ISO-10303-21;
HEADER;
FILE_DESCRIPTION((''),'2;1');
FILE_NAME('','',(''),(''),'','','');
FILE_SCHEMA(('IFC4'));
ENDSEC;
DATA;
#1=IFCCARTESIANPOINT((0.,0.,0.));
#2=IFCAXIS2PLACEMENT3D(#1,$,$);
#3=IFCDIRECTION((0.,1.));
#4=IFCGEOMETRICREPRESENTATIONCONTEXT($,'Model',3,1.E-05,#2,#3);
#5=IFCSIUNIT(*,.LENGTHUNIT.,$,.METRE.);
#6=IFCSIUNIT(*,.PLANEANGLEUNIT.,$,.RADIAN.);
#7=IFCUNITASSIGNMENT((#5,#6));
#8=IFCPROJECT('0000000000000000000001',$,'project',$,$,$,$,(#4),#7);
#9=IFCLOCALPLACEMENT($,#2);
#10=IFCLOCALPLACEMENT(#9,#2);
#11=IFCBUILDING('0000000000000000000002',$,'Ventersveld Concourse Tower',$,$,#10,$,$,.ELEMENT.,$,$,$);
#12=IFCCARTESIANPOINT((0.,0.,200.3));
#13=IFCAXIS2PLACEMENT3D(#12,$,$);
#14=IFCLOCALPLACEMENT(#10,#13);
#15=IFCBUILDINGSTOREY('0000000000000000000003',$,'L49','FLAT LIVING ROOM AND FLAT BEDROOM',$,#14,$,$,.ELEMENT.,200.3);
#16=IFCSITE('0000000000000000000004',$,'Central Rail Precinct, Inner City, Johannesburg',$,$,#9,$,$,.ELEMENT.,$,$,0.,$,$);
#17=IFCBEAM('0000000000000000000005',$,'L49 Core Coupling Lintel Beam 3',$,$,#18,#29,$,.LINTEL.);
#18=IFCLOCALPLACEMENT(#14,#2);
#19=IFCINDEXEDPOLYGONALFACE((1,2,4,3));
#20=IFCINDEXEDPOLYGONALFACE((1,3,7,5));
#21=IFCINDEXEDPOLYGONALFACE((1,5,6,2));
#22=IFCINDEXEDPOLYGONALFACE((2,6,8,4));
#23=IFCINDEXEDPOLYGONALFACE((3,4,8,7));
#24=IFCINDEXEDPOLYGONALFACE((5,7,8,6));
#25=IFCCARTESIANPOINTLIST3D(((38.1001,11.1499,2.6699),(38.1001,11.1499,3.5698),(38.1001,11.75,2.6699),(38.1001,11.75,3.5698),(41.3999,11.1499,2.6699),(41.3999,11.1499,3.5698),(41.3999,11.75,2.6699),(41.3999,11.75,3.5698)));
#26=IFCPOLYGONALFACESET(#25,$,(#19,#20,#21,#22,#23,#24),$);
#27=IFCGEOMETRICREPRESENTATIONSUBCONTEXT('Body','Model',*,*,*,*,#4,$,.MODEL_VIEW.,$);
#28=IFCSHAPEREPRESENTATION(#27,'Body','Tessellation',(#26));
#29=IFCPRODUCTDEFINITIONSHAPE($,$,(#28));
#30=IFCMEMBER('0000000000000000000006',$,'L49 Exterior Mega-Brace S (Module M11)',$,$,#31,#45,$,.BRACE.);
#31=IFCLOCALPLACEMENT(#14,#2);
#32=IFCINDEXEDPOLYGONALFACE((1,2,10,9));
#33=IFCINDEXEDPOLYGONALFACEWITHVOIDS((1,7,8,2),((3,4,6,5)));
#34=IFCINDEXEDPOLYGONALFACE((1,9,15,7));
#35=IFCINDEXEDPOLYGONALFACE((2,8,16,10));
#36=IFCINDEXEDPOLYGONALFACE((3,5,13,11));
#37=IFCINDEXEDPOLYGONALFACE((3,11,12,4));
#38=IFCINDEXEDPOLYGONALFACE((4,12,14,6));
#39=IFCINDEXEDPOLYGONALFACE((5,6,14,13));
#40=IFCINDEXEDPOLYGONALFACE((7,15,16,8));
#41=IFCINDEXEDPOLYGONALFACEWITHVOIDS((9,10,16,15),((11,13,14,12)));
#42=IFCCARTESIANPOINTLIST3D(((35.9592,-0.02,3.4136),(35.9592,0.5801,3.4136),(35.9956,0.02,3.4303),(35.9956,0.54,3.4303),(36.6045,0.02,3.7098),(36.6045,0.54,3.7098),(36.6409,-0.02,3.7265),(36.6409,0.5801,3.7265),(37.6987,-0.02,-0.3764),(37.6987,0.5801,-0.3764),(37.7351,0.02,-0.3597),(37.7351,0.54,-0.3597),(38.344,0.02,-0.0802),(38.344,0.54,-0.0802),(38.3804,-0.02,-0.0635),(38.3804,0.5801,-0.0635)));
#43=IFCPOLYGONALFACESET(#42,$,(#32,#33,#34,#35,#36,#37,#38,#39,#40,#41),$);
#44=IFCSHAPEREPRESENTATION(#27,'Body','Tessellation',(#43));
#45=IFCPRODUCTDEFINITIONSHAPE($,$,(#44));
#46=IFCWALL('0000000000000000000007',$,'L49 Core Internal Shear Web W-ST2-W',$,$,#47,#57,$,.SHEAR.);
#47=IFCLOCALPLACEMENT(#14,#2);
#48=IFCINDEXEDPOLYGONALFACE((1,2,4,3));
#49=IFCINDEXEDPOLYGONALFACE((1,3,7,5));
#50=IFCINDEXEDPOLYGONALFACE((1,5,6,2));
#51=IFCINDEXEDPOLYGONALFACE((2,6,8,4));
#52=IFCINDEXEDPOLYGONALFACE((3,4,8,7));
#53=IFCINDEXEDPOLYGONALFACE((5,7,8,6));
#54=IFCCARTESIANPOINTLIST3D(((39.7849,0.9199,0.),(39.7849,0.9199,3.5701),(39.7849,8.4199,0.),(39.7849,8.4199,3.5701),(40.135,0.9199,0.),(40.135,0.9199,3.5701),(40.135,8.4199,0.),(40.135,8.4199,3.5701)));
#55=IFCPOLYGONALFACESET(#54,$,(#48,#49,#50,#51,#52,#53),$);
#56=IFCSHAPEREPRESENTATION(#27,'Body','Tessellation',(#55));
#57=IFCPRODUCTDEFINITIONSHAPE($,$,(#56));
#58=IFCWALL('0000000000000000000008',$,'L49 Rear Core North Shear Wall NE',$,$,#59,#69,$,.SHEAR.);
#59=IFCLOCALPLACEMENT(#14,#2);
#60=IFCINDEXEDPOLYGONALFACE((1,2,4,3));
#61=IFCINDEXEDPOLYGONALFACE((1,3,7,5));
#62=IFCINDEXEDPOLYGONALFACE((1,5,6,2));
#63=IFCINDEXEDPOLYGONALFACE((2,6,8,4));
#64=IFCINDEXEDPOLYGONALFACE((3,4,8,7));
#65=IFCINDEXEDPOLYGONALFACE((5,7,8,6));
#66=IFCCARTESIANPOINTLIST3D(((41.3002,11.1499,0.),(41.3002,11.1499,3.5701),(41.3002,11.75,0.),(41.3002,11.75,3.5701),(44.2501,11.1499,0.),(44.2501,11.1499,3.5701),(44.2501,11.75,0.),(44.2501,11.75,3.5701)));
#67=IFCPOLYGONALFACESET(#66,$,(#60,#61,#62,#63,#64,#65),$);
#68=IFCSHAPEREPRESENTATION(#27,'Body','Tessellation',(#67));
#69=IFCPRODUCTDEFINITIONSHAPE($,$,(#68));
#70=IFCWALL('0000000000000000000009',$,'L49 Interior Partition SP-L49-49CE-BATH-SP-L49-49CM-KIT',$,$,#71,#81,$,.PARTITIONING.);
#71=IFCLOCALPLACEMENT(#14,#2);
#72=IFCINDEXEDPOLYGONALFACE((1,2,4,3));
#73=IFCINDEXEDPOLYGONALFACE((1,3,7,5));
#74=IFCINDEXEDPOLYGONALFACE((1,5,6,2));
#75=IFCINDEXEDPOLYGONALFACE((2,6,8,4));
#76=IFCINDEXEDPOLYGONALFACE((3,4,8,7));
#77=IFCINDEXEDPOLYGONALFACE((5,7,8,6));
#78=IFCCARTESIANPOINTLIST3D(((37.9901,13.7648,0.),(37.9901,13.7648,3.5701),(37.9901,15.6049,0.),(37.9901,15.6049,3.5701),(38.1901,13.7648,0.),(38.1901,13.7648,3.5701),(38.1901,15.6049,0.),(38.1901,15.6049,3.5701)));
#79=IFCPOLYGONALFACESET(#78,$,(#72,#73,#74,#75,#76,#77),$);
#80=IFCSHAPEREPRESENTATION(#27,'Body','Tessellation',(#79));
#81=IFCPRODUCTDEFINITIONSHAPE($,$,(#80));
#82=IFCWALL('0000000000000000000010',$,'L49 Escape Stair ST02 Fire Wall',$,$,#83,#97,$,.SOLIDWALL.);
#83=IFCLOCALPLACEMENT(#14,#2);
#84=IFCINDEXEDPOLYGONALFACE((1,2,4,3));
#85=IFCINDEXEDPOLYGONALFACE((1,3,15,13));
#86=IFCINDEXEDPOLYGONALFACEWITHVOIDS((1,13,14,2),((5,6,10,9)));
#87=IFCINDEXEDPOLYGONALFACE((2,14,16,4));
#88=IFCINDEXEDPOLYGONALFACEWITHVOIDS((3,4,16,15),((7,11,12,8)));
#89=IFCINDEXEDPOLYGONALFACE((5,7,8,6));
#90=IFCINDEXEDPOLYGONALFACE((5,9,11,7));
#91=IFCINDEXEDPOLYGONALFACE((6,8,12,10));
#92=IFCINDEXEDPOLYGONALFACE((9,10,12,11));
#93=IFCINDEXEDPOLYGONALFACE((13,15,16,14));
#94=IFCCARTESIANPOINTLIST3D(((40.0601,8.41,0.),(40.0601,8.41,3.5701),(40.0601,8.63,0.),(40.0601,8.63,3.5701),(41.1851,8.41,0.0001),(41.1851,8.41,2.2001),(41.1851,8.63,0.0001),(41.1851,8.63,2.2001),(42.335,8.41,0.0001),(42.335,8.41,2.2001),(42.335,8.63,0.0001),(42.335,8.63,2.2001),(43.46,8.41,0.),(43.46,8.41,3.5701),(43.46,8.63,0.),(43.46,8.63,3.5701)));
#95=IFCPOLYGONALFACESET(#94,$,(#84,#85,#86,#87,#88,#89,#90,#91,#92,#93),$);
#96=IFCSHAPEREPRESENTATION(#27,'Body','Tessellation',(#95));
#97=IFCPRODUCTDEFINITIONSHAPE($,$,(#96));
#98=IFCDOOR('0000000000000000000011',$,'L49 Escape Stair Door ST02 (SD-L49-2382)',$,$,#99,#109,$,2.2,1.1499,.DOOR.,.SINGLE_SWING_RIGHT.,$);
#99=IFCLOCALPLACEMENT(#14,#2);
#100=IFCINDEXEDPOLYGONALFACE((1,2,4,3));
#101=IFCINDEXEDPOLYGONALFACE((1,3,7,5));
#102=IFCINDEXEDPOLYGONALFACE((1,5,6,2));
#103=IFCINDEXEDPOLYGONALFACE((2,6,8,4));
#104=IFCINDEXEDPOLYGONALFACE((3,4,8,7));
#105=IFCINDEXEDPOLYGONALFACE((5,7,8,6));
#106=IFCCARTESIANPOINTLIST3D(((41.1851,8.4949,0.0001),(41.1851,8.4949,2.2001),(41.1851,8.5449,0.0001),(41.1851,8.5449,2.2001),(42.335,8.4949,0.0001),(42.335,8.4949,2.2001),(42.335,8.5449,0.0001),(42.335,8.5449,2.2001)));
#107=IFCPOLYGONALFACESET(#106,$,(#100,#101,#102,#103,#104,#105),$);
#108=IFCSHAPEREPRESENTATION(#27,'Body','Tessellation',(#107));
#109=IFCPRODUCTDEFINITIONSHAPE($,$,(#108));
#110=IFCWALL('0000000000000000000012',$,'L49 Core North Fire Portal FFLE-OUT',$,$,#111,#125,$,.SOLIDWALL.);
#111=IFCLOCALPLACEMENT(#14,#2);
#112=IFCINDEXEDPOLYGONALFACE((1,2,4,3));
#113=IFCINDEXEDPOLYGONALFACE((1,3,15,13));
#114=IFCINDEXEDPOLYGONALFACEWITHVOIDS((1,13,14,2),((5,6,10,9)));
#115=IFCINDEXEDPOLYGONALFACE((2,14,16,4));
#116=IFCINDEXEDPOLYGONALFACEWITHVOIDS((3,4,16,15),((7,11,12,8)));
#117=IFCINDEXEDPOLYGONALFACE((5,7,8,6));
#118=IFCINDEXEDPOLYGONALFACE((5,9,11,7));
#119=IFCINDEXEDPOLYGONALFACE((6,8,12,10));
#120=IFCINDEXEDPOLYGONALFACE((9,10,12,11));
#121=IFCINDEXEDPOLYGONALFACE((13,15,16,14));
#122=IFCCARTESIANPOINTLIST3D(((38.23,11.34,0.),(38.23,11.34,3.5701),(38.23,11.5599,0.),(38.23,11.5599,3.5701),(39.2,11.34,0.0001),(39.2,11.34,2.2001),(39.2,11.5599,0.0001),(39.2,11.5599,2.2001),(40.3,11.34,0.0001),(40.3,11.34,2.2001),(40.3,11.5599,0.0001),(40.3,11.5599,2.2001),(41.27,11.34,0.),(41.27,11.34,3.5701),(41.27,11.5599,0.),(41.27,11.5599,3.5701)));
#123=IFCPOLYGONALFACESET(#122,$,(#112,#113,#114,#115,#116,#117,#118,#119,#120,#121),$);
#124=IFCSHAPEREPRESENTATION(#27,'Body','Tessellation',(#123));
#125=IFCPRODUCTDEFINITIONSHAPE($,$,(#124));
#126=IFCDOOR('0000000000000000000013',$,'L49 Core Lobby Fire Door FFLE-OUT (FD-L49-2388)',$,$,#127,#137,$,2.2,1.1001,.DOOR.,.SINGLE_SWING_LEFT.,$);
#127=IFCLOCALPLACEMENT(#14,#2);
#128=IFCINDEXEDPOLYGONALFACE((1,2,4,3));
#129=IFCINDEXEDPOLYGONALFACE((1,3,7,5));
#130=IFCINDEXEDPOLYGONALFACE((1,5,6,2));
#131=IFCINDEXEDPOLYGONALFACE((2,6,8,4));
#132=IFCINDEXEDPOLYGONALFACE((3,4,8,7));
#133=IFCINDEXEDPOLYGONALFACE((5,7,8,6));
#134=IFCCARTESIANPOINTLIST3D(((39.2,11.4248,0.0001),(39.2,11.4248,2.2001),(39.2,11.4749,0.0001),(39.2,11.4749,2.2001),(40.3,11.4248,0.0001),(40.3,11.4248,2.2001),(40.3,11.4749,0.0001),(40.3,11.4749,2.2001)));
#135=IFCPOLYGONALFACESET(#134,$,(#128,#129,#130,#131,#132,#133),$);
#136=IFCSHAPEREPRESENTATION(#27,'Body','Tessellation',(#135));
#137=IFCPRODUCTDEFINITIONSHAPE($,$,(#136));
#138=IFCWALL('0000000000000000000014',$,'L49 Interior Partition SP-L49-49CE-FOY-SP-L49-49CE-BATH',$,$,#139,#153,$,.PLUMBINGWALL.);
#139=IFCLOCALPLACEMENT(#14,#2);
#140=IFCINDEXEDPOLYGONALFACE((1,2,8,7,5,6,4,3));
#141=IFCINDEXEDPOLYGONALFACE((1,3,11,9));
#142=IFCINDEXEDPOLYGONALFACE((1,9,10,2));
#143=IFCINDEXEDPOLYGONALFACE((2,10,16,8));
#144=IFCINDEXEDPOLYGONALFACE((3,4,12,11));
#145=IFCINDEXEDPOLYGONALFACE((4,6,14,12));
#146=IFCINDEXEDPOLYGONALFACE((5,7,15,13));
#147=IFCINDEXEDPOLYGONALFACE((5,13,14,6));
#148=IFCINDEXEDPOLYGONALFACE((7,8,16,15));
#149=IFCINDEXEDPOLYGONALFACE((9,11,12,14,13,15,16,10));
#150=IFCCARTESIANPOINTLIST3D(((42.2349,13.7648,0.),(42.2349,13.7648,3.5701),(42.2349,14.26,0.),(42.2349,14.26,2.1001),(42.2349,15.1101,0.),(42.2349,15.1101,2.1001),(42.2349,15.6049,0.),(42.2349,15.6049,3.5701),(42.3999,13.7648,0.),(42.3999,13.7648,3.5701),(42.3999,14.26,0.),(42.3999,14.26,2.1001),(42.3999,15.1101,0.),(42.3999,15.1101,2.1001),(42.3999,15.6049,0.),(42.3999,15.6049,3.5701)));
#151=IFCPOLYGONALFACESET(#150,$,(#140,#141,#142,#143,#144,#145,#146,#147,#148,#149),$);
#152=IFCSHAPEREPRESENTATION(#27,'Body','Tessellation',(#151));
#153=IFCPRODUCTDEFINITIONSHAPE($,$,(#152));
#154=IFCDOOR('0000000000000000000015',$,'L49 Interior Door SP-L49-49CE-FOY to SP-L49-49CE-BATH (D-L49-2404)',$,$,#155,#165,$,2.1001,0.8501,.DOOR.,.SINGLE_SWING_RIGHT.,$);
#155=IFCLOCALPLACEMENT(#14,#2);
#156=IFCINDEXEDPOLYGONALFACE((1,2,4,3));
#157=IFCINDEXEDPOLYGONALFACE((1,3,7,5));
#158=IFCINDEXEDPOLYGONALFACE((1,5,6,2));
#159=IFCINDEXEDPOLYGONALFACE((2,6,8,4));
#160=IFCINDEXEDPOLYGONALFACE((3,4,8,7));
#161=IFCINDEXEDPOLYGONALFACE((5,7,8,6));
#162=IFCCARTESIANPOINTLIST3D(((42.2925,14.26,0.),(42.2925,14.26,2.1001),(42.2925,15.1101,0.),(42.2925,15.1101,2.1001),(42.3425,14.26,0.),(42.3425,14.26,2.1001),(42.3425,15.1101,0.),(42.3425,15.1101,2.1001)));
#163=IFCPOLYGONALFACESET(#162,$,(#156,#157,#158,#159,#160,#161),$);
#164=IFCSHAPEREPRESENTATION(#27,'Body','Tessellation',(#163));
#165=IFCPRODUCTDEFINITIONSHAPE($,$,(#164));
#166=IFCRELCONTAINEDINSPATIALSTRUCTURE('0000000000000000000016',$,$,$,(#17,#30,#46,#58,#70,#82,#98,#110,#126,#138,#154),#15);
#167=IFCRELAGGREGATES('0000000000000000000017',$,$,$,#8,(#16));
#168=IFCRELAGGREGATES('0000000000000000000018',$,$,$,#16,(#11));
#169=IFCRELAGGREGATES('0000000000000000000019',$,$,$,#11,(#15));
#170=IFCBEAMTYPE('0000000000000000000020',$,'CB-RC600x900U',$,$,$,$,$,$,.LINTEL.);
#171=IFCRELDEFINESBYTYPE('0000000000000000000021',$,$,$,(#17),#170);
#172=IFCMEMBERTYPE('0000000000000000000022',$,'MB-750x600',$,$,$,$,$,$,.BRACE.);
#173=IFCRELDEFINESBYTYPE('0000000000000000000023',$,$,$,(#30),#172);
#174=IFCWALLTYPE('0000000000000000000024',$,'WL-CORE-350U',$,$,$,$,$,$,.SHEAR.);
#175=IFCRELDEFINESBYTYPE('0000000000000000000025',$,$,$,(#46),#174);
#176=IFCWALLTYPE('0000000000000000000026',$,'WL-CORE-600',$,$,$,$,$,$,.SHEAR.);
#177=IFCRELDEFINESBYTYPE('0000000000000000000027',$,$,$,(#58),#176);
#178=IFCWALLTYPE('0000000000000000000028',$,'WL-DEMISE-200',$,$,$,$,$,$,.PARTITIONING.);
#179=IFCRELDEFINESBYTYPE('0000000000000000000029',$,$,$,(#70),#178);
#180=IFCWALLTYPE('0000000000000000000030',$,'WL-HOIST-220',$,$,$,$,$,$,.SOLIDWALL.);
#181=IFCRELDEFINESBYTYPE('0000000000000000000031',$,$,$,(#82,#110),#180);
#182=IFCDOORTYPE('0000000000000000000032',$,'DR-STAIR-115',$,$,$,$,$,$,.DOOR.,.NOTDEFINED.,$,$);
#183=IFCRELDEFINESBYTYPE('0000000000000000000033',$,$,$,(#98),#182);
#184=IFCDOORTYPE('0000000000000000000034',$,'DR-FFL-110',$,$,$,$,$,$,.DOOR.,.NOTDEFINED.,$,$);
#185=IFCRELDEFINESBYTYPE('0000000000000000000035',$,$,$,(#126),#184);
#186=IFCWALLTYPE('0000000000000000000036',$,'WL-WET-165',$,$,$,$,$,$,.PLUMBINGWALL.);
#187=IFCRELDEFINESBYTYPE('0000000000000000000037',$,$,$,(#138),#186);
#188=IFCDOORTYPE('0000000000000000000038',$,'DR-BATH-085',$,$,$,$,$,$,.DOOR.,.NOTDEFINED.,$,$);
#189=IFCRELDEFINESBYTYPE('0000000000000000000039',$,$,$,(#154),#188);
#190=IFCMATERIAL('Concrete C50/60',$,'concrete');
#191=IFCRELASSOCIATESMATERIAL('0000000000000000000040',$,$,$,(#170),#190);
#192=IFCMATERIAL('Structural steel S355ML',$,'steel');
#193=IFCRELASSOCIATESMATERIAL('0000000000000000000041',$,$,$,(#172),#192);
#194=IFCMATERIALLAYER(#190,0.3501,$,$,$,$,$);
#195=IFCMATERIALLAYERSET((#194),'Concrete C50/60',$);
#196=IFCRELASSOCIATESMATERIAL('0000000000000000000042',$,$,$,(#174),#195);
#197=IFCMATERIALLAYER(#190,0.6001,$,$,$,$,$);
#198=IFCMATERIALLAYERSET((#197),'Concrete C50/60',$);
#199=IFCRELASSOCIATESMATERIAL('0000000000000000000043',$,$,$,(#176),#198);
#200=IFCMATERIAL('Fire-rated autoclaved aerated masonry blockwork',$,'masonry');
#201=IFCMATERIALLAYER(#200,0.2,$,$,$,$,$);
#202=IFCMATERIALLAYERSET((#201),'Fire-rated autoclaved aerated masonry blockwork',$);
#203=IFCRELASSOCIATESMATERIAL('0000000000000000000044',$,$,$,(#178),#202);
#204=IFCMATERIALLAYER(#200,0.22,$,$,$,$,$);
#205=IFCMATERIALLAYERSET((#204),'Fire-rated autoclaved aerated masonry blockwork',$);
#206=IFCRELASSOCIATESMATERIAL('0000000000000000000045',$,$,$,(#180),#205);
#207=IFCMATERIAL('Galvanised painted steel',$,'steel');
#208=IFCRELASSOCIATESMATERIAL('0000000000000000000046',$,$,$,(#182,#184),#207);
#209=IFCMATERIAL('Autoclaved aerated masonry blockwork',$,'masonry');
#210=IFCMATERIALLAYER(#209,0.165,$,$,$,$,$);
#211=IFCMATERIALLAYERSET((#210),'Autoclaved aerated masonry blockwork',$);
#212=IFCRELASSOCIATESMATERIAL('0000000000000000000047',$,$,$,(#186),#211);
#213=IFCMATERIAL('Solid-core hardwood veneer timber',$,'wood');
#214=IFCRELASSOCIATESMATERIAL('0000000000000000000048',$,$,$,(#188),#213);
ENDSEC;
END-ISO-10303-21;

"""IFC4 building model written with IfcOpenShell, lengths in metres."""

from ifc_helpers import new_model, si_unit, direction, frame, frame_2d, origin, origin_2d, place, context, subcontext, project, spatial, rectangle, hollow_rectangle, extrude, material, layer, layer_set, material_profile, profile_set, type_object, element, fill, save


model = new_model("IFC4")

# Units and contexts
model_context = context("Model", 3, precision=1e-05, world=origin(), true_north=direction((0.0, 1.0)))
body_context = subcontext(model_context, "Body", "Model", "MODEL_VIEW")
ifc_project = project(units=[si_unit("LENGTHUNIT", "METRE"), si_unit("PLANEANGLEUNIT", "RADIAN")], contexts=[model_context])

# Site, building, storey
site_placement = place(None, origin())
site = spatial("IfcSite", under=ifc_project, at=site_placement, Name="Central Rail Precinct, Inner City, Johannesburg", CompositionType="ELEMENT", RefElevation=0.0)
building_placement = place(site_placement, origin())
building = spatial("IfcBuilding", under=site, at=building_placement, Name="Ventersveld Concourse Tower", CompositionType="ELEMENT")
storey_placement = place(building_placement, frame((0.0, 0.0, 200.3)))
storey = spatial("IfcBuildingStorey", under=building, at=storey_placement, Name="L49", Description="FLAT LIVING ROOM AND FLAT BEDROOM", CompositionType="ELEMENT", Elevation=200.3)

# Beam
ifc_material_1 = material(Name="Concrete C50/60", Category="concrete")
ifc_material_profile_1 = material_profile(ifc_material_1, rectangle(XDim=0.6001, YDim=0.8999, at=origin_2d()), Name="RC 600x900")
ifc_profile_set_1 = profile_set([ifc_material_profile_1], Name="Concrete C50/60")
beam_type = type_object("IfcBeamType", Name="CB-RC600x900U", PredefinedType="LINTEL", material=ifc_profile_set_1)
beam_placement = place(storey_placement, frame((38.1001, 11.45, 3.1199), z_axis=(1.0, 0.0, 0.0), x_axis=(0.0, 1.0, 0.0)))
element("IfcBeam", 1, at=beam_placement, inside=storey, type_object=beam_type, Name="L49 Core Coupling Lintel Beam 3", PredefinedType="LINTEL", context=body_context, shape_type="SweptSolid", body=[
    extrude(rectangle(XDim=0.6001, YDim=0.8999, at=origin_2d()), origin(), (0.0, 0.0, 1.0), 3.2998),
])

# Member
ifc_material_2 = material(Name="Structural steel S355ML", Category="steel")
ifc_material_profile_2 = material_profile(ifc_material_2, hollow_rectangle(XDim=0.6001, YDim=0.75, WallThickness=0.04, at=origin_2d()), Name="BOX 750x600x40")
ifc_profile_set_2 = profile_set([ifc_material_profile_2], Name="Structural steel S355ML")
member_type = type_object("IfcMemberType", Name="MB-750x600", PredefinedType="BRACE", material=ifc_profile_set_2)
member_placement = place(storey_placement, frame((38.0396, 0.28, -0.22), z_axis=(-0.41713, 0.0, 0.908847), x_axis=(0.0, -1.0, 0.0)))
element("IfcMember", 2, at=member_placement, inside=storey, type_object=member_type, Name="L49 Exterior Mega-Brace S (Module M11)", PredefinedType="BRACE", context=body_context, shape_type="SweptSolid", body=[
    extrude(hollow_rectangle(XDim=0.6001, YDim=0.75, WallThickness=0.04, at=origin_2d()), origin(), (0.0, 0.0, 1.0), 4.1702),
])

# Walls
ifc_layer_1 = layer(ifc_material_1, 0.3501)
ifc_layer_set_1 = layer_set([ifc_layer_1], Name="Concrete C50/60")
wall_type_1 = type_object("IfcWallType", Name="WL-CORE-350U", PredefinedType="SHEAR", material=ifc_layer_set_1)
wall_1_placement = place(storey_placement, frame((39.96, 0.9199, 0.0), z_axis=(0.0, 0.0, 1.0), x_axis=(0.0, 1.0, 0.0)))
element("IfcWall", 3, at=wall_1_placement, inside=storey, type_object=wall_type_1, Name="L49 Core Internal Shear Web W-ST2-W", PredefinedType="SHEAR", context=body_context, shape_type="SweptSolid", body=[
    extrude(rectangle(XDim=7.5, YDim=0.3501, at=frame_2d((3.75, 0.0))), origin(), (0.0, 0.0, 1.0), 3.5701),
])
ifc_layer_2 = layer(ifc_material_1, 0.6001)
ifc_layer_set_2 = layer_set([ifc_layer_2], Name="Concrete C50/60")
wall_type_2 = type_object("IfcWallType", Name="WL-CORE-600", PredefinedType="SHEAR", material=ifc_layer_set_2)
wall_2_placement = place(storey_placement, frame((41.3, 11.45, 0.0), z_axis=(0.0, 0.0, 1.0), x_axis=(1.0, 0.0, 0.0)))
element("IfcWall", 4, at=wall_2_placement, inside=storey, type_object=wall_type_2, Name="L49 Rear Core North Shear Wall NE", PredefinedType="SHEAR", context=body_context, shape_type="SweptSolid", body=[
    extrude(rectangle(XDim=2.95, YDim=0.6001, at=frame_2d((1.4751, 0.0))), origin(), (0.0, 0.0, 1.0), 3.5701),
])
ifc_material_3 = material(Name="Fire-rated autoclaved aerated masonry blockwork", Category="masonry")
ifc_layer_3 = layer(ifc_material_3, 0.2)
ifc_layer_set_3 = layer_set([ifc_layer_3], Name="Fire-rated autoclaved aerated masonry blockwork")
wall_type_3 = type_object("IfcWallType", Name="WL-DEMISE-200", PredefinedType="PARTITIONING", material=ifc_layer_set_3)
wall_3_placement = place(storey_placement, frame((38.0901, 13.7649, 0.0), z_axis=(0.0, 0.0, 1.0), x_axis=(0.0, 1.0, 0.0)))
element("IfcWall", 5, at=wall_3_placement, inside=storey, type_object=wall_type_3, Name="L49 Interior Partition SP-L49-49CE-BATH-SP-L49-49CM-KIT", PredefinedType="PARTITIONING", context=body_context, shape_type="SweptSolid", body=[
    extrude(rectangle(XDim=1.8401, YDim=0.2, at=frame_2d((0.9199, 0.0))), origin(), (0.0, 0.0, 1.0), 3.5701),
])

# Walls, openings, doors
ifc_layer_4 = layer(ifc_material_3, 0.22)
ifc_layer_set_4 = layer_set([ifc_layer_4], Name="Fire-rated autoclaved aerated masonry blockwork")
wall_type_4 = type_object("IfcWallType", Name="WL-HOIST-220", PredefinedType="SOLIDWALL", material=ifc_layer_set_4)
wall_4_placement = place(storey_placement, frame((40.0601, 8.52, 0.0), z_axis=(0.0, 0.0, 1.0), x_axis=(1.0, 0.0, 0.0)))
wall_4 = element("IfcWall", 6, at=wall_4_placement, inside=storey, type_object=wall_type_4, Name="L49 Escape Stair ST02 Fire Wall", PredefinedType="SOLIDWALL", context=body_context, shape_type="SweptSolid", body=[
    extrude(rectangle(XDim=3.3999, YDim=0.22, at=frame_2d((1.7, 0.0))), origin(), (0.0, 0.0, 1.0), 3.5701),
])
opening_1_placement = place(wall_4_placement, frame((1.125, 0.0, 0.0)))
opening_1 = element("IfcOpeningElement", 7, at=opening_1_placement, cuts=wall_4, PredefinedType="OPENING", context=body_context, shape_type="SweptSolid", body=[
    extrude(rectangle(XDim=1.1499, YDim=2.2, at=frame_2d((0.575, 1.1001))), frame((0.0, 0.1201, 0.0), z_axis=(0.0, -1.0, 0.0), x_axis=(1.0, 0.0, 0.0)), (0.0, 0.0, 1.0), 0.24),
])
ifc_material_4 = material(Name="Galvanised painted steel", Category="steel")
door_type_1 = type_object("IfcDoorType", Name="DR-STAIR-115", OperationType="NOTDEFINED", PredefinedType="DOOR", material=ifc_material_4)
door_1_placement = place(opening_1_placement, origin())
door_1 = element("IfcDoor", 8, at=door_1_placement, inside=storey, type_object=door_type_1, Name="L49 Escape Stair Door ST02 (SD-L49-2382)", OperationType="SINGLE_SWING_RIGHT", OverallHeight=2.2, OverallWidth=1.1499, PredefinedType="DOOR", context=body_context, shape_type="SweptSolid", body=[
    extrude(rectangle(XDim=1.1499, YDim=2.2, at=frame_2d((0.575, 1.1001))), frame((0.0, 0.0249, 0.0), z_axis=(0.0, -1.0, 0.0), x_axis=(1.0, 0.0, 0.0)), (0.0, 0.0, 1.0), 0.05),
])
fill(opening_1, door_1)
wall_5_placement = place(storey_placement, frame((38.23, 11.45, 0.0), z_axis=(0.0, 0.0, 1.0), x_axis=(1.0, 0.0, 0.0)))
wall_5 = element("IfcWall", 9, at=wall_5_placement, inside=storey, type_object=wall_type_4, Name="L49 Core North Fire Portal FFLE-OUT", PredefinedType="SOLIDWALL", context=body_context, shape_type="SweptSolid", body=[
    extrude(rectangle(XDim=3.04, YDim=0.22, at=frame_2d((1.52, 0.0))), origin(), (0.0, 0.0, 1.0), 3.5701),
])
opening_2_placement = place(wall_5_placement, frame((0.97, 0.0, 0.0)))
opening_2 = element("IfcOpeningElement", 10, at=opening_2_placement, cuts=wall_5, PredefinedType="OPENING", context=body_context, shape_type="SweptSolid", body=[
    extrude(rectangle(XDim=1.1001, YDim=2.2, at=frame_2d((0.55, 1.1001))), frame((0.0, 0.1201, 0.0), z_axis=(0.0, -1.0, 0.0), x_axis=(1.0, 0.0, 0.0)), (0.0, 0.0, 1.0), 0.24),
])
door_type_2 = type_object("IfcDoorType", Name="DR-FFL-110", OperationType="NOTDEFINED", PredefinedType="DOOR", material=ifc_material_4)
door_2_placement = place(opening_2_placement, origin())
door_2 = element("IfcDoor", 11, at=door_2_placement, inside=storey, type_object=door_type_2, Name="L49 Core Lobby Fire Door FFLE-OUT (FD-L49-2388)", OperationType="SINGLE_SWING_LEFT", OverallHeight=2.2, OverallWidth=1.1001, PredefinedType="DOOR", context=body_context, shape_type="SweptSolid", body=[
    extrude(rectangle(XDim=1.1001, YDim=2.2, at=frame_2d((0.55, 1.1001))), frame((0.0, 0.0249, 0.0), z_axis=(0.0, -1.0, 0.0), x_axis=(1.0, 0.0, 0.0)), (0.0, 0.0, 1.0), 0.05),
])
fill(opening_2, door_2)
ifc_material_5 = material(Name="Autoclaved aerated masonry blockwork", Category="masonry")
ifc_layer_5 = layer(ifc_material_5, 0.165)
ifc_layer_set_5 = layer_set([ifc_layer_5], Name="Autoclaved aerated masonry blockwork")
wall_type_5 = type_object("IfcWallType", Name="WL-WET-165", PredefinedType="PLUMBINGWALL", material=ifc_layer_set_5)
wall_6_placement = place(storey_placement, frame((42.3174, 13.7649, 0.0), z_axis=(0.0, 0.0, 1.0), x_axis=(0.0, 1.0, 0.0)))
wall_6 = element("IfcWall", 12, at=wall_6_placement, inside=storey, type_object=wall_type_5, Name="L49 Interior Partition SP-L49-49CE-FOY-SP-L49-49CE-BATH", PredefinedType="PLUMBINGWALL", context=body_context, shape_type="SweptSolid", body=[
    extrude(rectangle(XDim=1.8401, YDim=0.165, at=frame_2d((0.9199, 0.0))), origin(), (0.0, 0.0, 1.0), 3.5701),
])
opening_3_placement = place(wall_6_placement, frame((0.4951, 0.0, 0.0)))
opening_3 = element("IfcOpeningElement", 13, at=opening_3_placement, cuts=wall_6, PredefinedType="OPENING", context=body_context, shape_type="SweptSolid", body=[
    extrude(rectangle(XDim=0.8501, YDim=2.1001, at=frame_2d((0.425, 1.05))), frame((0.0, 0.0925, 0.0), z_axis=(0.0, -1.0, 0.0), x_axis=(1.0, 0.0, 0.0)), (0.0, 0.0, 1.0), 0.1851),
])
ifc_material_6 = material(Name="Solid-core hardwood veneer timber", Category="wood")
door_type_3 = type_object("IfcDoorType", Name="DR-BATH-085", OperationType="NOTDEFINED", PredefinedType="DOOR", material=ifc_material_6)
door_3_placement = place(opening_3_placement, origin())
door_3 = element("IfcDoor", 14, at=door_3_placement, inside=storey, type_object=door_type_3, Name="L49 Interior Door SP-L49-49CE-FOY to SP-L49-49CE-BATH (D-L49-2404)", OperationType="SINGLE_SWING_RIGHT", OverallHeight=2.1001, OverallWidth=0.8501, PredefinedType="DOOR", context=body_context, shape_type="SweptSolid", body=[
    extrude(rectangle(XDim=0.8501, YDim=2.1001, at=frame_2d((0.425, 1.05))), frame((0.0, 0.0249, 0.0), z_axis=(0.0, -1.0, 0.0), x_axis=(1.0, 0.0, 0.0)), (0.0, 0.0, 1.0), 0.05),
])
fill(opening_3, door_3)

save(model, "model.ifc")
